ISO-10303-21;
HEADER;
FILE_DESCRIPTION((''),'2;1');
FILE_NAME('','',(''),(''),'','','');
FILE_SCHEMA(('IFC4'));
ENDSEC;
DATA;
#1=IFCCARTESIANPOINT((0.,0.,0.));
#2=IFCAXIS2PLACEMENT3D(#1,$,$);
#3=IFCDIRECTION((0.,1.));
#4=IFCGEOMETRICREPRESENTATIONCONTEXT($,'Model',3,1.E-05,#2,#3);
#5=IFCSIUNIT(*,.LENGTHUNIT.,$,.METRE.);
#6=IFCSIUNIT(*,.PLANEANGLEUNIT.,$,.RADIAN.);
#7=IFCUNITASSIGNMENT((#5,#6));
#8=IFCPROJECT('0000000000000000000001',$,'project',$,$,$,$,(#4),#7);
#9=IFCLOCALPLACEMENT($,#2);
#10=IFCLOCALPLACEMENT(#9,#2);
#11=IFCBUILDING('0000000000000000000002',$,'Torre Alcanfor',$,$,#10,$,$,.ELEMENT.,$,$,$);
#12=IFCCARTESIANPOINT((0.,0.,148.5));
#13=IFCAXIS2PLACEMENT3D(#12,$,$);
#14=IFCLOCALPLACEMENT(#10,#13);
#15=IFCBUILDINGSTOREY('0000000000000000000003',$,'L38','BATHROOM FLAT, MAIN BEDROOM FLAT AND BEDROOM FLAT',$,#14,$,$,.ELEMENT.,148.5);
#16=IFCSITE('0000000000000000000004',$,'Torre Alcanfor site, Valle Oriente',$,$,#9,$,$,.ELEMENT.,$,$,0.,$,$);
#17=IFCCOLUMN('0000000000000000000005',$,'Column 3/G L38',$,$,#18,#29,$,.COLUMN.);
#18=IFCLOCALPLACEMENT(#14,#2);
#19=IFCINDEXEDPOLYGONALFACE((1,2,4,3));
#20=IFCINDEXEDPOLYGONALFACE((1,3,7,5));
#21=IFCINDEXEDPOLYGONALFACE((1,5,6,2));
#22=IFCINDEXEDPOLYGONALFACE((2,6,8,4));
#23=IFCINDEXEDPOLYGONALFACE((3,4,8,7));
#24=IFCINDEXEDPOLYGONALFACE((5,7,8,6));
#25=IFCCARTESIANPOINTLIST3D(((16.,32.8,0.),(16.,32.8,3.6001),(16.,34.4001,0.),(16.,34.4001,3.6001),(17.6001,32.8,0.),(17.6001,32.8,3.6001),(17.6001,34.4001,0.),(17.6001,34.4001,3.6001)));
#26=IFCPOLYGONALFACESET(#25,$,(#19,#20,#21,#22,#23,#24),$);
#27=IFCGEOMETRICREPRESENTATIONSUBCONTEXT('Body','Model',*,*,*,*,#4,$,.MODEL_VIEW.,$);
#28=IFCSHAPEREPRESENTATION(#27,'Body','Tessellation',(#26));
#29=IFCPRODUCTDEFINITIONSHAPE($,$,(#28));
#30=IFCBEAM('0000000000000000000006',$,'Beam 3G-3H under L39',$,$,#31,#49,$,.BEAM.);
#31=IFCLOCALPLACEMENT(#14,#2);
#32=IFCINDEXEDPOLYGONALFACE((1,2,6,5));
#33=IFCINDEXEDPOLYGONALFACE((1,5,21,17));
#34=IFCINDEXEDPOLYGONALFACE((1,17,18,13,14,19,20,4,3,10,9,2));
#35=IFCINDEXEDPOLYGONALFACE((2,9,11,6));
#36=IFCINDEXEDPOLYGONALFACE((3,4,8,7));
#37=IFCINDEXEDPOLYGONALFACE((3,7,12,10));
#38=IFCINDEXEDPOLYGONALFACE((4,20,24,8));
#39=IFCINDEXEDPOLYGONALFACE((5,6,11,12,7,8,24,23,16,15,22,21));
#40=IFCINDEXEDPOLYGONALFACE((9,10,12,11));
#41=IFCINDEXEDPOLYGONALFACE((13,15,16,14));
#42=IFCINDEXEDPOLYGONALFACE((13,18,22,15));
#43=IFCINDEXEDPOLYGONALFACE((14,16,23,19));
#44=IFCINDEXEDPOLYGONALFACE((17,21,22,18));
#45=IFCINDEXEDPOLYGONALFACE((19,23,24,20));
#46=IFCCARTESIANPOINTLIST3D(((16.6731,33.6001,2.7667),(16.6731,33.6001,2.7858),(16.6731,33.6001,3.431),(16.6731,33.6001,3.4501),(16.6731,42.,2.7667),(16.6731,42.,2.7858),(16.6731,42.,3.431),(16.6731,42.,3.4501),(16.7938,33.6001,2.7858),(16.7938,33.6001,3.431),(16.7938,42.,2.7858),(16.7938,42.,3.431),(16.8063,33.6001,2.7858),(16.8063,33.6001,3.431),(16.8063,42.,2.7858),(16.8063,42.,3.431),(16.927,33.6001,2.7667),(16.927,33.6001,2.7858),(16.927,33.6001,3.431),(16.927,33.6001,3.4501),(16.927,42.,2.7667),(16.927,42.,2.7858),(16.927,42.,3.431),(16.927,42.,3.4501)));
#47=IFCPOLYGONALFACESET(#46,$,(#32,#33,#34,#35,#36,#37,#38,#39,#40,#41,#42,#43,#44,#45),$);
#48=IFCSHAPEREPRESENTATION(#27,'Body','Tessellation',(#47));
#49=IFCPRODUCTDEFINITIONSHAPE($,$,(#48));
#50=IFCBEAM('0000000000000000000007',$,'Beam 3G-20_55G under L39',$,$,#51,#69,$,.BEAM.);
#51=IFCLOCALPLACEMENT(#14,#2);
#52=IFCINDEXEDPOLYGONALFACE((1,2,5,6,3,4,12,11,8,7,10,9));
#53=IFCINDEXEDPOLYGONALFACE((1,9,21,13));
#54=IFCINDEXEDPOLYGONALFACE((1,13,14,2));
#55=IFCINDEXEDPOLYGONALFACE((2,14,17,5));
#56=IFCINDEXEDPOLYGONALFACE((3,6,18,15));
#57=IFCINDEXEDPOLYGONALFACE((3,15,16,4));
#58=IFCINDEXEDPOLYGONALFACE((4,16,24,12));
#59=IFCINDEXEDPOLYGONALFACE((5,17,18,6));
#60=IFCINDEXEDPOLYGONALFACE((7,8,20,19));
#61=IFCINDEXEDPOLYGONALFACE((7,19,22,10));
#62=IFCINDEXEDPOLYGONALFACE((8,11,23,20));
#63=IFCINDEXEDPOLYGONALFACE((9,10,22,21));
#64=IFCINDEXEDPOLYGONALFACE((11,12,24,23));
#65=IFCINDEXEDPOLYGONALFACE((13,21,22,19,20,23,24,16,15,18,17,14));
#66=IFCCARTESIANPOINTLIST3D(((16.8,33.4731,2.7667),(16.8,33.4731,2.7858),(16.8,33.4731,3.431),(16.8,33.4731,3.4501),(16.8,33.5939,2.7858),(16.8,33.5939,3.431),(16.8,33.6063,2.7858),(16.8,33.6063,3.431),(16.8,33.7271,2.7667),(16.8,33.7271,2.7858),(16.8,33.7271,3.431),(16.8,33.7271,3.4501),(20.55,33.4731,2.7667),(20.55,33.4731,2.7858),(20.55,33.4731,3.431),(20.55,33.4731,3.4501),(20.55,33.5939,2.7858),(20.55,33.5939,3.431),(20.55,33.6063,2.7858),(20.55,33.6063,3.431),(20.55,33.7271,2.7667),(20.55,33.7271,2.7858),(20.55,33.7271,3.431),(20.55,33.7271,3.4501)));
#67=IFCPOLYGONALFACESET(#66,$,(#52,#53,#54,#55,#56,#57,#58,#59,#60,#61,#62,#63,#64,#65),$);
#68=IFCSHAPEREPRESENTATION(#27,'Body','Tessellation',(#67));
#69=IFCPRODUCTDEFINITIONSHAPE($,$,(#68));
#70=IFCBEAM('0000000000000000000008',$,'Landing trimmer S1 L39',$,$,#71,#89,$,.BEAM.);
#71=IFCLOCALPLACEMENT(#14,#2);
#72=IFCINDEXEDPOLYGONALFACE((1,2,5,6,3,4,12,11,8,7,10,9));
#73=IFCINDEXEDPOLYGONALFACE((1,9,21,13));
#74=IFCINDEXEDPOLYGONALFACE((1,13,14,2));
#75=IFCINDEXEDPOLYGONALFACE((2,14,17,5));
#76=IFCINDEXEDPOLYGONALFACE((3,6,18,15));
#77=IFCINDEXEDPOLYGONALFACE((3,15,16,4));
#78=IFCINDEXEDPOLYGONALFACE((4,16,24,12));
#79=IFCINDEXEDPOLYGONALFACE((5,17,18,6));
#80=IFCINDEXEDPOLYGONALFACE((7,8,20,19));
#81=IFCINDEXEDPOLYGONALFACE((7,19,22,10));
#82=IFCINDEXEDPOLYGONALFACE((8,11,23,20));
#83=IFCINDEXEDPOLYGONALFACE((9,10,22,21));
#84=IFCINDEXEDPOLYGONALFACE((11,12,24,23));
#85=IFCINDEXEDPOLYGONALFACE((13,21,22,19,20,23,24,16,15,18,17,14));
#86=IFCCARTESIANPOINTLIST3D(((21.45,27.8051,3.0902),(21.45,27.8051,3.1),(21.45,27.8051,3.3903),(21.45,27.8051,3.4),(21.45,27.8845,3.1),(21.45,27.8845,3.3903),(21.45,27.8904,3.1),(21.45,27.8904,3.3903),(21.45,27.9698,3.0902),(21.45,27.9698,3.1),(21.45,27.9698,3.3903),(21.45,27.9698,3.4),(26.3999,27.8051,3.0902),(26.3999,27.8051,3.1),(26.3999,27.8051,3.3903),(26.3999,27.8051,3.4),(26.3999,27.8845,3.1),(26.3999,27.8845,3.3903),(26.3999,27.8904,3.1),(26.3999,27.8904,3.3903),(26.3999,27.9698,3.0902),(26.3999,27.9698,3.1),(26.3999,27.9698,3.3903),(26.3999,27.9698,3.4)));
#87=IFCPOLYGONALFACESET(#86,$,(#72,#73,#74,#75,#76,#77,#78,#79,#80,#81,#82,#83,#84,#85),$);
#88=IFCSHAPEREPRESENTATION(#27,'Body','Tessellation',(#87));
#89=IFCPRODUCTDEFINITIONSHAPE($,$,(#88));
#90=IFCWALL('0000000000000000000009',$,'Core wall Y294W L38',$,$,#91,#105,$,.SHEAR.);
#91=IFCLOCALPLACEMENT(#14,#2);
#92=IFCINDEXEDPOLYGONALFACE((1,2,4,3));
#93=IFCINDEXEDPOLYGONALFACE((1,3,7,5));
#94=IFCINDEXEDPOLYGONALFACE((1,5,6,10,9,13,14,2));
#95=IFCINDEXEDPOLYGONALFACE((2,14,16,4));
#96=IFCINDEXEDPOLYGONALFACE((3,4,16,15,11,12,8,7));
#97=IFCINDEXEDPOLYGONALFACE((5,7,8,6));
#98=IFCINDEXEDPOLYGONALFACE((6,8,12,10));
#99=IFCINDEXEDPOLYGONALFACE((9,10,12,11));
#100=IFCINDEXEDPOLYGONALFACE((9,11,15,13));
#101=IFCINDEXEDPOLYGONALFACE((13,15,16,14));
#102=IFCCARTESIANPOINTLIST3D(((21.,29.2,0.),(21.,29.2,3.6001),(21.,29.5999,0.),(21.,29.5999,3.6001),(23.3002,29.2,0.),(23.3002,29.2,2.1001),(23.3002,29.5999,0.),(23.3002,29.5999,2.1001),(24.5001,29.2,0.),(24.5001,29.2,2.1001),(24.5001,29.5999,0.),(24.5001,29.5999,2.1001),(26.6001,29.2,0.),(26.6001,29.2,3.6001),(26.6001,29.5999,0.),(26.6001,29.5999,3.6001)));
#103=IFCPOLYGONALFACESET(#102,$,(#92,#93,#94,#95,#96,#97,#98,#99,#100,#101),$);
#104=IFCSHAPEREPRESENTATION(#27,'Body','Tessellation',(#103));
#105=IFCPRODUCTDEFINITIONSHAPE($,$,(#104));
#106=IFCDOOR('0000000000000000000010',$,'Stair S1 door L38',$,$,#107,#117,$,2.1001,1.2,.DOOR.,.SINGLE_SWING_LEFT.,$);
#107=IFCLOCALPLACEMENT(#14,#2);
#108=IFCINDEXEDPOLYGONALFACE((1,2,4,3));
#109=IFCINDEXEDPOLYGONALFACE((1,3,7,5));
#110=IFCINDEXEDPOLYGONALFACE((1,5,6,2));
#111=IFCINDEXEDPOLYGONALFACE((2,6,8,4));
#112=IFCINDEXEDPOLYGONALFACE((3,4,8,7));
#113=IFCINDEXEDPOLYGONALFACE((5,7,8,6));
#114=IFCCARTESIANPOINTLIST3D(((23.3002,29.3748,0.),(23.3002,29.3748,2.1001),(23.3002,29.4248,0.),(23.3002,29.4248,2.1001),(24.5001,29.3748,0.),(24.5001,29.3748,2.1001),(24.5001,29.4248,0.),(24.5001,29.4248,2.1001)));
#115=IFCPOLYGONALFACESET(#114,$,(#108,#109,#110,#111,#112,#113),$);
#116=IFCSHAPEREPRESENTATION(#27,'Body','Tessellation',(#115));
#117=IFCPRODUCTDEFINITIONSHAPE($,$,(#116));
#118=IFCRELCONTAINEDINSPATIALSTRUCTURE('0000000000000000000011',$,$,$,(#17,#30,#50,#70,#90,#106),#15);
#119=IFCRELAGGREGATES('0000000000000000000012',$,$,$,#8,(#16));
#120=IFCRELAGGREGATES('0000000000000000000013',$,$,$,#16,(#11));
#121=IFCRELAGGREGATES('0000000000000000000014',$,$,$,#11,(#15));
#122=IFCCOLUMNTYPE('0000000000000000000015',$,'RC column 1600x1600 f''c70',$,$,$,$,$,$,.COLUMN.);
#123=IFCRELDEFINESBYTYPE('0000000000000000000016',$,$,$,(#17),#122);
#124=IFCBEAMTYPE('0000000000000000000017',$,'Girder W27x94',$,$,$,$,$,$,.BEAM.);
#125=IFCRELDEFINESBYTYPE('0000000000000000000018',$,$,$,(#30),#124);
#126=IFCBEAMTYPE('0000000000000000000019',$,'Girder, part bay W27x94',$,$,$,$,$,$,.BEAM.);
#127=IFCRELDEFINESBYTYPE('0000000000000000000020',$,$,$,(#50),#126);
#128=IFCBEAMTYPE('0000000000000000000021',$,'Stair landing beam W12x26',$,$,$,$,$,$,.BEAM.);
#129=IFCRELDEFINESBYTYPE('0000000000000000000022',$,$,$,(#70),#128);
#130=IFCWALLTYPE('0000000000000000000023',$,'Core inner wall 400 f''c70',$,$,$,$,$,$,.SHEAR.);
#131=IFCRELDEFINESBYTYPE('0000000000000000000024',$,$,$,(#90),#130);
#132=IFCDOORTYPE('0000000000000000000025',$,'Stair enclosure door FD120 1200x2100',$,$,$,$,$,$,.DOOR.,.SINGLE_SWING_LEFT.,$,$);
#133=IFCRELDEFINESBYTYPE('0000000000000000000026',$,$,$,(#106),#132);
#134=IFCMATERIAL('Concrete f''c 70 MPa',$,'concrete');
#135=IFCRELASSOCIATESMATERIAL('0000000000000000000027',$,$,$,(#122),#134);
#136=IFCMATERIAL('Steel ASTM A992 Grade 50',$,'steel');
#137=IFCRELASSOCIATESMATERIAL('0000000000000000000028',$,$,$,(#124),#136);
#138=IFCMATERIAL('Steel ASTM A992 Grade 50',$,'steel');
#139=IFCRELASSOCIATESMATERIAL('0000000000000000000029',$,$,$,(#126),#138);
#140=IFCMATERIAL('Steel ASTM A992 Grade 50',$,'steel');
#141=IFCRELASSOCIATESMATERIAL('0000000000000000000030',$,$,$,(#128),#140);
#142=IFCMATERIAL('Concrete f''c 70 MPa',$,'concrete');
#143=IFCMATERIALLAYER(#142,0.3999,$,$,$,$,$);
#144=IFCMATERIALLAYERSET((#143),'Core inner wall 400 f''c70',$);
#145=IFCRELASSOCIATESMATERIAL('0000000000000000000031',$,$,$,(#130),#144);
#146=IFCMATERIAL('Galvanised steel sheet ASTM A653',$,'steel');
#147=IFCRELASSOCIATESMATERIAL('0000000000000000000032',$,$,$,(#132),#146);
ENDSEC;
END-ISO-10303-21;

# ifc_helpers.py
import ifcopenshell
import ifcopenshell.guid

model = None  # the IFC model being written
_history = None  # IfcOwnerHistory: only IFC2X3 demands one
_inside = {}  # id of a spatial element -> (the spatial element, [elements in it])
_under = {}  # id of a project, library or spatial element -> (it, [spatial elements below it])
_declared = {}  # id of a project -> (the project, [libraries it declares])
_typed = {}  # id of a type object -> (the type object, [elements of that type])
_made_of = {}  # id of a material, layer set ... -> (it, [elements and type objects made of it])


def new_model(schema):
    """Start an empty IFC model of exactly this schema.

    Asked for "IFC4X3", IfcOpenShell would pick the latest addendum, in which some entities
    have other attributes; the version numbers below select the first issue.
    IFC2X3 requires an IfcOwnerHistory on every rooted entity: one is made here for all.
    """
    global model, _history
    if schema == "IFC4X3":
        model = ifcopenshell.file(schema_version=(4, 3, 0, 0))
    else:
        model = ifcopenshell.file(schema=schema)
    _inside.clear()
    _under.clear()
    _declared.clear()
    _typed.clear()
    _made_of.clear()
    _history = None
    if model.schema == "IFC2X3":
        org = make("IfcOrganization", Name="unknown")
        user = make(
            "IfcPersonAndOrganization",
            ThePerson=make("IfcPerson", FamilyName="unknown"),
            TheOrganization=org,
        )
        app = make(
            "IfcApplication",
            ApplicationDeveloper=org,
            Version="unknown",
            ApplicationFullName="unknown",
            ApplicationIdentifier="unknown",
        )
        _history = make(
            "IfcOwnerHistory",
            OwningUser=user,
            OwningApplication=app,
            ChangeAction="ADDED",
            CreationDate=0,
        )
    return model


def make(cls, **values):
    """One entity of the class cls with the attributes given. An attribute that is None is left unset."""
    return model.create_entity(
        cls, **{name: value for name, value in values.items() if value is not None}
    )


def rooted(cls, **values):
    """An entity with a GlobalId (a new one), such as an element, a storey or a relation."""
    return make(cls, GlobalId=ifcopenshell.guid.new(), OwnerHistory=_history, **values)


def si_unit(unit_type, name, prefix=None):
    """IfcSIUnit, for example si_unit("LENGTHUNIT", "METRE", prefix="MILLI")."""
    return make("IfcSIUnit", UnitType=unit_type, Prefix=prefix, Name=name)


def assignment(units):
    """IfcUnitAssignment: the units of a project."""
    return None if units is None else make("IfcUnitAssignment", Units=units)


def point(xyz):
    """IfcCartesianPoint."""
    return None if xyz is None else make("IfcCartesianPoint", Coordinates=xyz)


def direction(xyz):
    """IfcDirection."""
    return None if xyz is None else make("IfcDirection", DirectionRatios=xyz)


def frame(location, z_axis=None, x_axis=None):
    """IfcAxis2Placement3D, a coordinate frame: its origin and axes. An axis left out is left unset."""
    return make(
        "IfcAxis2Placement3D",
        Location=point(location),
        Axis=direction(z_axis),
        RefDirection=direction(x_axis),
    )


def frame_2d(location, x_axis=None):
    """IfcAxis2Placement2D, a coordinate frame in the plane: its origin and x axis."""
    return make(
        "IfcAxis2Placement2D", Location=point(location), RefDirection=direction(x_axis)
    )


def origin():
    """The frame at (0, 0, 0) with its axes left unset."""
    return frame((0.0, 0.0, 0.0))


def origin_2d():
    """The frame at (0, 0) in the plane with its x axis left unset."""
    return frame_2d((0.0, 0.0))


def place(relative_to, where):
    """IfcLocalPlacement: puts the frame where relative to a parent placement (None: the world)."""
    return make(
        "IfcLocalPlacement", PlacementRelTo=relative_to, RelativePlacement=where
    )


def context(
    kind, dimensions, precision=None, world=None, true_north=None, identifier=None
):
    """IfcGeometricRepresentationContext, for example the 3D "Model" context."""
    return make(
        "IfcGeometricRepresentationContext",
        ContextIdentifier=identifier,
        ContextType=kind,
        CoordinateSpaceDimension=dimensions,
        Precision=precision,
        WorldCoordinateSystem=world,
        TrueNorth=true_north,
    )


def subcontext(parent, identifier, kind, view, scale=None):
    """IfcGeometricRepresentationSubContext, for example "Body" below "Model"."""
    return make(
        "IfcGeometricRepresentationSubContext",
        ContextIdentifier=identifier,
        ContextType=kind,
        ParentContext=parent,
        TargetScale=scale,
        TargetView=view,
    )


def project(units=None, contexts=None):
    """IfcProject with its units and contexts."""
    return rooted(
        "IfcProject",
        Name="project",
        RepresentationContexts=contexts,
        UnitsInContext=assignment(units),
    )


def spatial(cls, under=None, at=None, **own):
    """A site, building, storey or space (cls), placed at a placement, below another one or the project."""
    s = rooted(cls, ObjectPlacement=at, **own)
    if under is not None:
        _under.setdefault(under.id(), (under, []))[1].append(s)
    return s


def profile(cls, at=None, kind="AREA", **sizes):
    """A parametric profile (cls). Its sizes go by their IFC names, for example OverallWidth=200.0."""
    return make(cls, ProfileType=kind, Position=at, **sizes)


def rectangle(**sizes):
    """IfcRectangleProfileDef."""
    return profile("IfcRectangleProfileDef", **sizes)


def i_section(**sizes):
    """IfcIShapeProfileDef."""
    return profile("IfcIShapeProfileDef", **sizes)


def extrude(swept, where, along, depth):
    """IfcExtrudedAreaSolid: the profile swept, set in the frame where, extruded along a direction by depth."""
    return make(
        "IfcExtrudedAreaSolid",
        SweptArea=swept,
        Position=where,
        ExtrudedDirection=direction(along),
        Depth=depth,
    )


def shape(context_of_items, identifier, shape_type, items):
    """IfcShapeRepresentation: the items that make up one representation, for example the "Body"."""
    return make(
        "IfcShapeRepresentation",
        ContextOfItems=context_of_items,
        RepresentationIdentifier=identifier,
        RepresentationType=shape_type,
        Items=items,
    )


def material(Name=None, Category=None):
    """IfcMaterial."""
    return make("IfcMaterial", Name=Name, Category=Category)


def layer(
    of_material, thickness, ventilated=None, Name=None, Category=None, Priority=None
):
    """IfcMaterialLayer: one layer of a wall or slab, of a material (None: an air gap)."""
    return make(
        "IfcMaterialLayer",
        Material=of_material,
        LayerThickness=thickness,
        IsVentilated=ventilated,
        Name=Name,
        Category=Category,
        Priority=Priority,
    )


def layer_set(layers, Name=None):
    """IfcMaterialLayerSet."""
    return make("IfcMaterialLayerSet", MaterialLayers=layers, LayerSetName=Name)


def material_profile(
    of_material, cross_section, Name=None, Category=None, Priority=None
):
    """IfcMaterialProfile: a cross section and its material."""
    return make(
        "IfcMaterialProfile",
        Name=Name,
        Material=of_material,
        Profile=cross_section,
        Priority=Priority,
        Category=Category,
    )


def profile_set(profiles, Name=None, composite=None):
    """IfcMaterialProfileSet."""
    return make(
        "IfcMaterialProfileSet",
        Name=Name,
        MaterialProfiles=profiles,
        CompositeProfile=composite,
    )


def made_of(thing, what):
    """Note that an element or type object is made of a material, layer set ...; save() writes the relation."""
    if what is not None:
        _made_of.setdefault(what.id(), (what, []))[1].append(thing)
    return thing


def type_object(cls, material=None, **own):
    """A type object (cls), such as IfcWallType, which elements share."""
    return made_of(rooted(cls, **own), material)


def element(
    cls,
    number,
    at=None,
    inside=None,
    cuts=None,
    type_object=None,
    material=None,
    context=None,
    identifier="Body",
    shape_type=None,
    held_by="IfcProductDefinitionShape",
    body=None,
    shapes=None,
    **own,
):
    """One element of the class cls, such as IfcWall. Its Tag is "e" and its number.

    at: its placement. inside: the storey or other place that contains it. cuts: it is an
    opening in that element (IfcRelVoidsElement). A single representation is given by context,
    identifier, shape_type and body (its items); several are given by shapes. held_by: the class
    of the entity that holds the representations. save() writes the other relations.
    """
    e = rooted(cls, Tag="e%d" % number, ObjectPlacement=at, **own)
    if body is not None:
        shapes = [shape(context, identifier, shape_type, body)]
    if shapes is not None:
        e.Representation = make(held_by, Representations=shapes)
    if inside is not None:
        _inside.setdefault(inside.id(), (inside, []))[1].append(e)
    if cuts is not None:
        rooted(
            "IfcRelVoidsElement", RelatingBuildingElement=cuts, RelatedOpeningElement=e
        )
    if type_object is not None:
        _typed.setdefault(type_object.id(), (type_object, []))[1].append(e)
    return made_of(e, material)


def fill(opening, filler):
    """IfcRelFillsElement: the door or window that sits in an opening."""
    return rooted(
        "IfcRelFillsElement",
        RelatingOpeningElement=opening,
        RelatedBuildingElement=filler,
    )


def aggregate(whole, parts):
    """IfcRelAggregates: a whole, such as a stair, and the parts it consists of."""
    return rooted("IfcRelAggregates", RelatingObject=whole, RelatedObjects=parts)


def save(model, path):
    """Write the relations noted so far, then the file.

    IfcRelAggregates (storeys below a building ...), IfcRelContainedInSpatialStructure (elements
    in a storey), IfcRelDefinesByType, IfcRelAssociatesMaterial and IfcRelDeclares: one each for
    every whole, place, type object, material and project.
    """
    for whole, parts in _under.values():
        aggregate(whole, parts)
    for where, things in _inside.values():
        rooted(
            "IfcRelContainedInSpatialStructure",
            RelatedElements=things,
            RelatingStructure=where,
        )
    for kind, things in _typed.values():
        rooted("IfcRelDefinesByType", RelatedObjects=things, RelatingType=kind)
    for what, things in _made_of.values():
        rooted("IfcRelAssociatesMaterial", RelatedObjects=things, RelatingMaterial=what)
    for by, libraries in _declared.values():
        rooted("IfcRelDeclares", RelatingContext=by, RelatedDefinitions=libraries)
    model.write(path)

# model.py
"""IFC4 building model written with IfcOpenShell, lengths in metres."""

from ifc_helpers import new_model, si_unit, direction, frame, frame_2d, origin, origin_2d, place, context, subcontext, project, spatial, rectangle, i_section, extrude, material, layer, layer_set, material_profile, profile_set, type_object, element, fill, save


model = new_model("IFC4")

# Units and contexts
model_context = context("Model", 3, precision=1e-05, world=origin(), true_north=direction((0.0, 1.0)))
body_context = subcontext(model_context, "Body", "Model", "MODEL_VIEW")
ifc_project = project(units=[si_unit("LENGTHUNIT", "METRE"), si_unit("PLANEANGLEUNIT", "RADIAN")], contexts=[model_context])

# Site, building, storey
site_placement = place(None, origin())
site = spatial("IfcSite", under=ifc_project, at=site_placement, Name="Torre Alcanfor site, Valle Oriente", CompositionType="ELEMENT", RefElevation=0.0)
building_placement = place(site_placement, origin())
building = spatial("IfcBuilding", under=site, at=building_placement, Name="Torre Alcanfor", CompositionType="ELEMENT")
storey_placement = place(building_placement, frame((0.0, 0.0, 148.5)))
storey = spatial("IfcBuildingStorey", under=building, at=storey_placement, Name="L38", Description="BATHROOM FLAT, MAIN BEDROOM FLAT AND BEDROOM FLAT", CompositionType="ELEMENT", Elevation=148.5)

# Column
ifc_material_1 = material(Name="Concrete f'c 70 MPa", Category="concrete")
ifc_material_profile_1 = material_profile(ifc_material_1, rectangle(XDim=1.6001, YDim=1.6001, at=origin_2d()), Name="1600x1600")
ifc_profile_set_1 = profile_set([ifc_material_profile_1], Name="Concrete f'c 70 MPa")
column_type = type_object("IfcColumnType", Name="RC column 1600x1600 f'c70", PredefinedType="COLUMN", material=ifc_profile_set_1)
column_placement = place(storey_placement, frame((16.8, 33.6001, 0.0), z_axis=(0.0, 0.0, 1.0), x_axis=(1.0, 0.0, 0.0)))
element("IfcColumn", 1, at=column_placement, inside=storey, type_object=column_type, Name="Column 3/G L38", PredefinedType="COLUMN", context=body_context, shape_type="SweptSolid", body=[
    extrude(rectangle(XDim=1.6001, YDim=1.6001, at=origin_2d()), origin(), (0.0, 0.0, 1.0), 3.6001),
])

# Beams
ifc_material_2 = material(Name="Steel ASTM A992 Grade 50", Category="steel")
ifc_material_profile_2 = material_profile(ifc_material_2, i_section(OverallWidth=0.2539, OverallDepth=0.6833, WebThickness=0.0125, FlangeThickness=0.019, at=origin_2d()), Name="W27x94")
ifc_profile_set_2 = profile_set([ifc_material_profile_2], Name="Steel ASTM A992 Grade 50")
beam_type_1 = type_object("IfcBeamType", Name="Girder W27x94", PredefinedType="BEAM", material=ifc_profile_set_2)
beam_1_placement = place(storey_placement, frame((16.8, 33.6001, 3.1084), z_axis=(0.0, 1.0, 0.0), x_axis=(-1.0, 0.0, 0.0)))
element("IfcBeam", 2, at=beam_1_placement, inside=storey, type_object=beam_type_1, Name="Beam 3G-3H under L39", PredefinedType="BEAM", context=body_context, shape_type="SweptSolid", body=[
    extrude(i_section(OverallWidth=0.2539, OverallDepth=0.6833, WebThickness=0.0125, FlangeThickness=0.019, at=origin_2d()), origin(), (0.0, 0.0, 1.0), 8.3999),
])
ifc_material_3 = material(Name="Steel ASTM A992 Grade 50", Category="steel")
ifc_material_profile_3 = material_profile(ifc_material_3, i_section(OverallWidth=0.2539, OverallDepth=0.6833, WebThickness=0.0125, FlangeThickness=0.019, at=origin_2d()), Name="W27x94")
ifc_profile_set_3 = profile_set([ifc_material_profile_3], Name="Steel ASTM A992 Grade 50")
beam_type_2 = type_object("IfcBeamType", Name="Girder, part bay W27x94", PredefinedType="BEAM", material=ifc_profile_set_3)
beam_2_placement = place(storey_placement, frame((16.8, 33.6001, 3.1084), z_axis=(1.0, 0.0, 0.0), x_axis=(0.0, 1.0, 0.0)))
element("IfcBeam", 3, at=beam_2_placement, inside=storey, type_object=beam_type_2, Name="Beam 3G-20_55G under L39", PredefinedType="BEAM", context=body_context, shape_type="SweptSolid", body=[
    extrude(i_section(OverallWidth=0.2539, OverallDepth=0.6833, WebThickness=0.0125, FlangeThickness=0.019, at=origin_2d()), origin(), (0.0, 0.0, 1.0), 3.75),
])
ifc_material_4 = material(Name="Steel ASTM A992 Grade 50", Category="steel")
ifc_material_profile_4 = material_profile(ifc_material_4, i_section(OverallWidth=0.1648, OverallDepth=0.3098, WebThickness=0.0059, FlangeThickness=0.0098, at=origin_2d()), Name="W12x26")
ifc_profile_set_4 = profile_set([ifc_material_profile_4], Name="Steel ASTM A992 Grade 50")
beam_type_3 = type_object("IfcBeamType", Name="Stair landing beam W12x26", PredefinedType="BEAM", material=ifc_profile_set_4)
beam_3_placement = place(storey_placement, frame((21.45, 27.8875, 3.2451), z_axis=(1.0, 0.0, 0.0), x_axis=(0.0, 1.0, 0.0)))
element("IfcBeam", 4, at=beam_3_placement, inside=storey, type_object=beam_type_3, Name="Landing trimmer S1 L39", PredefinedType="BEAM", context=body_context, shape_type="SweptSolid", body=[
    extrude(i_section(OverallWidth=0.1648, OverallDepth=0.3098, WebThickness=0.0059, FlangeThickness=0.0098, at=origin_2d()), origin(), (0.0, 0.0, 1.0), 4.95),
])

# Wall, opening, door
ifc_material_5 = material(Name="Concrete f'c 70 MPa", Category="concrete")
ifc_layer_1 = layer(ifc_material_5, 0.3999)
ifc_layer_set_1 = layer_set([ifc_layer_1], Name="Core inner wall 400 f'c70")
wall_type_1 = type_object("IfcWallType", Name="Core inner wall 400 f'c70", PredefinedType="SHEAR", material=ifc_layer_set_1)
wall_1_placement = place(storey_placement, frame((21.0, 29.3999, 0.0), z_axis=(0.0, 0.0, 1.0), x_axis=(1.0, 0.0, 0.0)))
wall_1 = element("IfcWall", 5, at=wall_1_placement, inside=storey, type_object=wall_type_1, Name="Core wall Y294W L38", PredefinedType="SHEAR", context=body_context, shape_type="SweptSolid", body=[
    extrude(rectangle(XDim=5.6001, YDim=0.3999, at=frame_2d((2.8, 0.0))), origin(), (0.0, 0.0, 1.0), 3.6001),
])
opening_1_placement = place(wall_1_placement, frame((2.3, 0.0, 0.0)))
opening_1 = element("IfcOpeningElement", 6, at=opening_1_placement, cuts=wall_1, PredefinedType="OPENING", context=body_context, shape_type="SweptSolid", body=[
    extrude(rectangle(XDim=1.2, YDim=2.1001, at=frame_2d((0.6001, 1.05))), frame((0.0, 0.21, 0.0), z_axis=(0.0, -1.0, 0.0), x_axis=(1.0, 0.0, 0.0)), (0.0, 0.0, 1.0), 0.4199),
])
ifc_material_6 = material(Name="Galvanised steel sheet ASTM A653", Category="steel")
door_type_1 = type_object("IfcDoorType", Name="Stair enclosure door FD120 1200x2100", OperationType="SINGLE_SWING_LEFT", PredefinedType="DOOR", material=ifc_material_6)
door_1_placement = place(opening_1_placement, frame((1.2, 0.0, 0.0), z_axis=(0.0, 0.0, 1.0), x_axis=(-1.0, 0.0, 0.0)))
door_1 = element("IfcDoor", 7, at=door_1_placement, inside=storey, type_object=door_type_1, Name="Stair S1 door L38", OperationType="SINGLE_SWING_LEFT", OverallHeight=2.1001, OverallWidth=1.2, PredefinedType="DOOR", context=body_context, shape_type="SweptSolid", body=[
    extrude(rectangle(XDim=1.2, YDim=2.1001, at=frame_2d((0.5999, 1.05))), frame((0.0, 0.0251, 0.0), z_axis=(0.0, -1.0, 0.0), x_axis=(1.0, 0.0, 0.0)), (0.0, 0.0, 1.0), 0.05),
])
fill(opening_1, door_1)

save(model, "model.ifc")
